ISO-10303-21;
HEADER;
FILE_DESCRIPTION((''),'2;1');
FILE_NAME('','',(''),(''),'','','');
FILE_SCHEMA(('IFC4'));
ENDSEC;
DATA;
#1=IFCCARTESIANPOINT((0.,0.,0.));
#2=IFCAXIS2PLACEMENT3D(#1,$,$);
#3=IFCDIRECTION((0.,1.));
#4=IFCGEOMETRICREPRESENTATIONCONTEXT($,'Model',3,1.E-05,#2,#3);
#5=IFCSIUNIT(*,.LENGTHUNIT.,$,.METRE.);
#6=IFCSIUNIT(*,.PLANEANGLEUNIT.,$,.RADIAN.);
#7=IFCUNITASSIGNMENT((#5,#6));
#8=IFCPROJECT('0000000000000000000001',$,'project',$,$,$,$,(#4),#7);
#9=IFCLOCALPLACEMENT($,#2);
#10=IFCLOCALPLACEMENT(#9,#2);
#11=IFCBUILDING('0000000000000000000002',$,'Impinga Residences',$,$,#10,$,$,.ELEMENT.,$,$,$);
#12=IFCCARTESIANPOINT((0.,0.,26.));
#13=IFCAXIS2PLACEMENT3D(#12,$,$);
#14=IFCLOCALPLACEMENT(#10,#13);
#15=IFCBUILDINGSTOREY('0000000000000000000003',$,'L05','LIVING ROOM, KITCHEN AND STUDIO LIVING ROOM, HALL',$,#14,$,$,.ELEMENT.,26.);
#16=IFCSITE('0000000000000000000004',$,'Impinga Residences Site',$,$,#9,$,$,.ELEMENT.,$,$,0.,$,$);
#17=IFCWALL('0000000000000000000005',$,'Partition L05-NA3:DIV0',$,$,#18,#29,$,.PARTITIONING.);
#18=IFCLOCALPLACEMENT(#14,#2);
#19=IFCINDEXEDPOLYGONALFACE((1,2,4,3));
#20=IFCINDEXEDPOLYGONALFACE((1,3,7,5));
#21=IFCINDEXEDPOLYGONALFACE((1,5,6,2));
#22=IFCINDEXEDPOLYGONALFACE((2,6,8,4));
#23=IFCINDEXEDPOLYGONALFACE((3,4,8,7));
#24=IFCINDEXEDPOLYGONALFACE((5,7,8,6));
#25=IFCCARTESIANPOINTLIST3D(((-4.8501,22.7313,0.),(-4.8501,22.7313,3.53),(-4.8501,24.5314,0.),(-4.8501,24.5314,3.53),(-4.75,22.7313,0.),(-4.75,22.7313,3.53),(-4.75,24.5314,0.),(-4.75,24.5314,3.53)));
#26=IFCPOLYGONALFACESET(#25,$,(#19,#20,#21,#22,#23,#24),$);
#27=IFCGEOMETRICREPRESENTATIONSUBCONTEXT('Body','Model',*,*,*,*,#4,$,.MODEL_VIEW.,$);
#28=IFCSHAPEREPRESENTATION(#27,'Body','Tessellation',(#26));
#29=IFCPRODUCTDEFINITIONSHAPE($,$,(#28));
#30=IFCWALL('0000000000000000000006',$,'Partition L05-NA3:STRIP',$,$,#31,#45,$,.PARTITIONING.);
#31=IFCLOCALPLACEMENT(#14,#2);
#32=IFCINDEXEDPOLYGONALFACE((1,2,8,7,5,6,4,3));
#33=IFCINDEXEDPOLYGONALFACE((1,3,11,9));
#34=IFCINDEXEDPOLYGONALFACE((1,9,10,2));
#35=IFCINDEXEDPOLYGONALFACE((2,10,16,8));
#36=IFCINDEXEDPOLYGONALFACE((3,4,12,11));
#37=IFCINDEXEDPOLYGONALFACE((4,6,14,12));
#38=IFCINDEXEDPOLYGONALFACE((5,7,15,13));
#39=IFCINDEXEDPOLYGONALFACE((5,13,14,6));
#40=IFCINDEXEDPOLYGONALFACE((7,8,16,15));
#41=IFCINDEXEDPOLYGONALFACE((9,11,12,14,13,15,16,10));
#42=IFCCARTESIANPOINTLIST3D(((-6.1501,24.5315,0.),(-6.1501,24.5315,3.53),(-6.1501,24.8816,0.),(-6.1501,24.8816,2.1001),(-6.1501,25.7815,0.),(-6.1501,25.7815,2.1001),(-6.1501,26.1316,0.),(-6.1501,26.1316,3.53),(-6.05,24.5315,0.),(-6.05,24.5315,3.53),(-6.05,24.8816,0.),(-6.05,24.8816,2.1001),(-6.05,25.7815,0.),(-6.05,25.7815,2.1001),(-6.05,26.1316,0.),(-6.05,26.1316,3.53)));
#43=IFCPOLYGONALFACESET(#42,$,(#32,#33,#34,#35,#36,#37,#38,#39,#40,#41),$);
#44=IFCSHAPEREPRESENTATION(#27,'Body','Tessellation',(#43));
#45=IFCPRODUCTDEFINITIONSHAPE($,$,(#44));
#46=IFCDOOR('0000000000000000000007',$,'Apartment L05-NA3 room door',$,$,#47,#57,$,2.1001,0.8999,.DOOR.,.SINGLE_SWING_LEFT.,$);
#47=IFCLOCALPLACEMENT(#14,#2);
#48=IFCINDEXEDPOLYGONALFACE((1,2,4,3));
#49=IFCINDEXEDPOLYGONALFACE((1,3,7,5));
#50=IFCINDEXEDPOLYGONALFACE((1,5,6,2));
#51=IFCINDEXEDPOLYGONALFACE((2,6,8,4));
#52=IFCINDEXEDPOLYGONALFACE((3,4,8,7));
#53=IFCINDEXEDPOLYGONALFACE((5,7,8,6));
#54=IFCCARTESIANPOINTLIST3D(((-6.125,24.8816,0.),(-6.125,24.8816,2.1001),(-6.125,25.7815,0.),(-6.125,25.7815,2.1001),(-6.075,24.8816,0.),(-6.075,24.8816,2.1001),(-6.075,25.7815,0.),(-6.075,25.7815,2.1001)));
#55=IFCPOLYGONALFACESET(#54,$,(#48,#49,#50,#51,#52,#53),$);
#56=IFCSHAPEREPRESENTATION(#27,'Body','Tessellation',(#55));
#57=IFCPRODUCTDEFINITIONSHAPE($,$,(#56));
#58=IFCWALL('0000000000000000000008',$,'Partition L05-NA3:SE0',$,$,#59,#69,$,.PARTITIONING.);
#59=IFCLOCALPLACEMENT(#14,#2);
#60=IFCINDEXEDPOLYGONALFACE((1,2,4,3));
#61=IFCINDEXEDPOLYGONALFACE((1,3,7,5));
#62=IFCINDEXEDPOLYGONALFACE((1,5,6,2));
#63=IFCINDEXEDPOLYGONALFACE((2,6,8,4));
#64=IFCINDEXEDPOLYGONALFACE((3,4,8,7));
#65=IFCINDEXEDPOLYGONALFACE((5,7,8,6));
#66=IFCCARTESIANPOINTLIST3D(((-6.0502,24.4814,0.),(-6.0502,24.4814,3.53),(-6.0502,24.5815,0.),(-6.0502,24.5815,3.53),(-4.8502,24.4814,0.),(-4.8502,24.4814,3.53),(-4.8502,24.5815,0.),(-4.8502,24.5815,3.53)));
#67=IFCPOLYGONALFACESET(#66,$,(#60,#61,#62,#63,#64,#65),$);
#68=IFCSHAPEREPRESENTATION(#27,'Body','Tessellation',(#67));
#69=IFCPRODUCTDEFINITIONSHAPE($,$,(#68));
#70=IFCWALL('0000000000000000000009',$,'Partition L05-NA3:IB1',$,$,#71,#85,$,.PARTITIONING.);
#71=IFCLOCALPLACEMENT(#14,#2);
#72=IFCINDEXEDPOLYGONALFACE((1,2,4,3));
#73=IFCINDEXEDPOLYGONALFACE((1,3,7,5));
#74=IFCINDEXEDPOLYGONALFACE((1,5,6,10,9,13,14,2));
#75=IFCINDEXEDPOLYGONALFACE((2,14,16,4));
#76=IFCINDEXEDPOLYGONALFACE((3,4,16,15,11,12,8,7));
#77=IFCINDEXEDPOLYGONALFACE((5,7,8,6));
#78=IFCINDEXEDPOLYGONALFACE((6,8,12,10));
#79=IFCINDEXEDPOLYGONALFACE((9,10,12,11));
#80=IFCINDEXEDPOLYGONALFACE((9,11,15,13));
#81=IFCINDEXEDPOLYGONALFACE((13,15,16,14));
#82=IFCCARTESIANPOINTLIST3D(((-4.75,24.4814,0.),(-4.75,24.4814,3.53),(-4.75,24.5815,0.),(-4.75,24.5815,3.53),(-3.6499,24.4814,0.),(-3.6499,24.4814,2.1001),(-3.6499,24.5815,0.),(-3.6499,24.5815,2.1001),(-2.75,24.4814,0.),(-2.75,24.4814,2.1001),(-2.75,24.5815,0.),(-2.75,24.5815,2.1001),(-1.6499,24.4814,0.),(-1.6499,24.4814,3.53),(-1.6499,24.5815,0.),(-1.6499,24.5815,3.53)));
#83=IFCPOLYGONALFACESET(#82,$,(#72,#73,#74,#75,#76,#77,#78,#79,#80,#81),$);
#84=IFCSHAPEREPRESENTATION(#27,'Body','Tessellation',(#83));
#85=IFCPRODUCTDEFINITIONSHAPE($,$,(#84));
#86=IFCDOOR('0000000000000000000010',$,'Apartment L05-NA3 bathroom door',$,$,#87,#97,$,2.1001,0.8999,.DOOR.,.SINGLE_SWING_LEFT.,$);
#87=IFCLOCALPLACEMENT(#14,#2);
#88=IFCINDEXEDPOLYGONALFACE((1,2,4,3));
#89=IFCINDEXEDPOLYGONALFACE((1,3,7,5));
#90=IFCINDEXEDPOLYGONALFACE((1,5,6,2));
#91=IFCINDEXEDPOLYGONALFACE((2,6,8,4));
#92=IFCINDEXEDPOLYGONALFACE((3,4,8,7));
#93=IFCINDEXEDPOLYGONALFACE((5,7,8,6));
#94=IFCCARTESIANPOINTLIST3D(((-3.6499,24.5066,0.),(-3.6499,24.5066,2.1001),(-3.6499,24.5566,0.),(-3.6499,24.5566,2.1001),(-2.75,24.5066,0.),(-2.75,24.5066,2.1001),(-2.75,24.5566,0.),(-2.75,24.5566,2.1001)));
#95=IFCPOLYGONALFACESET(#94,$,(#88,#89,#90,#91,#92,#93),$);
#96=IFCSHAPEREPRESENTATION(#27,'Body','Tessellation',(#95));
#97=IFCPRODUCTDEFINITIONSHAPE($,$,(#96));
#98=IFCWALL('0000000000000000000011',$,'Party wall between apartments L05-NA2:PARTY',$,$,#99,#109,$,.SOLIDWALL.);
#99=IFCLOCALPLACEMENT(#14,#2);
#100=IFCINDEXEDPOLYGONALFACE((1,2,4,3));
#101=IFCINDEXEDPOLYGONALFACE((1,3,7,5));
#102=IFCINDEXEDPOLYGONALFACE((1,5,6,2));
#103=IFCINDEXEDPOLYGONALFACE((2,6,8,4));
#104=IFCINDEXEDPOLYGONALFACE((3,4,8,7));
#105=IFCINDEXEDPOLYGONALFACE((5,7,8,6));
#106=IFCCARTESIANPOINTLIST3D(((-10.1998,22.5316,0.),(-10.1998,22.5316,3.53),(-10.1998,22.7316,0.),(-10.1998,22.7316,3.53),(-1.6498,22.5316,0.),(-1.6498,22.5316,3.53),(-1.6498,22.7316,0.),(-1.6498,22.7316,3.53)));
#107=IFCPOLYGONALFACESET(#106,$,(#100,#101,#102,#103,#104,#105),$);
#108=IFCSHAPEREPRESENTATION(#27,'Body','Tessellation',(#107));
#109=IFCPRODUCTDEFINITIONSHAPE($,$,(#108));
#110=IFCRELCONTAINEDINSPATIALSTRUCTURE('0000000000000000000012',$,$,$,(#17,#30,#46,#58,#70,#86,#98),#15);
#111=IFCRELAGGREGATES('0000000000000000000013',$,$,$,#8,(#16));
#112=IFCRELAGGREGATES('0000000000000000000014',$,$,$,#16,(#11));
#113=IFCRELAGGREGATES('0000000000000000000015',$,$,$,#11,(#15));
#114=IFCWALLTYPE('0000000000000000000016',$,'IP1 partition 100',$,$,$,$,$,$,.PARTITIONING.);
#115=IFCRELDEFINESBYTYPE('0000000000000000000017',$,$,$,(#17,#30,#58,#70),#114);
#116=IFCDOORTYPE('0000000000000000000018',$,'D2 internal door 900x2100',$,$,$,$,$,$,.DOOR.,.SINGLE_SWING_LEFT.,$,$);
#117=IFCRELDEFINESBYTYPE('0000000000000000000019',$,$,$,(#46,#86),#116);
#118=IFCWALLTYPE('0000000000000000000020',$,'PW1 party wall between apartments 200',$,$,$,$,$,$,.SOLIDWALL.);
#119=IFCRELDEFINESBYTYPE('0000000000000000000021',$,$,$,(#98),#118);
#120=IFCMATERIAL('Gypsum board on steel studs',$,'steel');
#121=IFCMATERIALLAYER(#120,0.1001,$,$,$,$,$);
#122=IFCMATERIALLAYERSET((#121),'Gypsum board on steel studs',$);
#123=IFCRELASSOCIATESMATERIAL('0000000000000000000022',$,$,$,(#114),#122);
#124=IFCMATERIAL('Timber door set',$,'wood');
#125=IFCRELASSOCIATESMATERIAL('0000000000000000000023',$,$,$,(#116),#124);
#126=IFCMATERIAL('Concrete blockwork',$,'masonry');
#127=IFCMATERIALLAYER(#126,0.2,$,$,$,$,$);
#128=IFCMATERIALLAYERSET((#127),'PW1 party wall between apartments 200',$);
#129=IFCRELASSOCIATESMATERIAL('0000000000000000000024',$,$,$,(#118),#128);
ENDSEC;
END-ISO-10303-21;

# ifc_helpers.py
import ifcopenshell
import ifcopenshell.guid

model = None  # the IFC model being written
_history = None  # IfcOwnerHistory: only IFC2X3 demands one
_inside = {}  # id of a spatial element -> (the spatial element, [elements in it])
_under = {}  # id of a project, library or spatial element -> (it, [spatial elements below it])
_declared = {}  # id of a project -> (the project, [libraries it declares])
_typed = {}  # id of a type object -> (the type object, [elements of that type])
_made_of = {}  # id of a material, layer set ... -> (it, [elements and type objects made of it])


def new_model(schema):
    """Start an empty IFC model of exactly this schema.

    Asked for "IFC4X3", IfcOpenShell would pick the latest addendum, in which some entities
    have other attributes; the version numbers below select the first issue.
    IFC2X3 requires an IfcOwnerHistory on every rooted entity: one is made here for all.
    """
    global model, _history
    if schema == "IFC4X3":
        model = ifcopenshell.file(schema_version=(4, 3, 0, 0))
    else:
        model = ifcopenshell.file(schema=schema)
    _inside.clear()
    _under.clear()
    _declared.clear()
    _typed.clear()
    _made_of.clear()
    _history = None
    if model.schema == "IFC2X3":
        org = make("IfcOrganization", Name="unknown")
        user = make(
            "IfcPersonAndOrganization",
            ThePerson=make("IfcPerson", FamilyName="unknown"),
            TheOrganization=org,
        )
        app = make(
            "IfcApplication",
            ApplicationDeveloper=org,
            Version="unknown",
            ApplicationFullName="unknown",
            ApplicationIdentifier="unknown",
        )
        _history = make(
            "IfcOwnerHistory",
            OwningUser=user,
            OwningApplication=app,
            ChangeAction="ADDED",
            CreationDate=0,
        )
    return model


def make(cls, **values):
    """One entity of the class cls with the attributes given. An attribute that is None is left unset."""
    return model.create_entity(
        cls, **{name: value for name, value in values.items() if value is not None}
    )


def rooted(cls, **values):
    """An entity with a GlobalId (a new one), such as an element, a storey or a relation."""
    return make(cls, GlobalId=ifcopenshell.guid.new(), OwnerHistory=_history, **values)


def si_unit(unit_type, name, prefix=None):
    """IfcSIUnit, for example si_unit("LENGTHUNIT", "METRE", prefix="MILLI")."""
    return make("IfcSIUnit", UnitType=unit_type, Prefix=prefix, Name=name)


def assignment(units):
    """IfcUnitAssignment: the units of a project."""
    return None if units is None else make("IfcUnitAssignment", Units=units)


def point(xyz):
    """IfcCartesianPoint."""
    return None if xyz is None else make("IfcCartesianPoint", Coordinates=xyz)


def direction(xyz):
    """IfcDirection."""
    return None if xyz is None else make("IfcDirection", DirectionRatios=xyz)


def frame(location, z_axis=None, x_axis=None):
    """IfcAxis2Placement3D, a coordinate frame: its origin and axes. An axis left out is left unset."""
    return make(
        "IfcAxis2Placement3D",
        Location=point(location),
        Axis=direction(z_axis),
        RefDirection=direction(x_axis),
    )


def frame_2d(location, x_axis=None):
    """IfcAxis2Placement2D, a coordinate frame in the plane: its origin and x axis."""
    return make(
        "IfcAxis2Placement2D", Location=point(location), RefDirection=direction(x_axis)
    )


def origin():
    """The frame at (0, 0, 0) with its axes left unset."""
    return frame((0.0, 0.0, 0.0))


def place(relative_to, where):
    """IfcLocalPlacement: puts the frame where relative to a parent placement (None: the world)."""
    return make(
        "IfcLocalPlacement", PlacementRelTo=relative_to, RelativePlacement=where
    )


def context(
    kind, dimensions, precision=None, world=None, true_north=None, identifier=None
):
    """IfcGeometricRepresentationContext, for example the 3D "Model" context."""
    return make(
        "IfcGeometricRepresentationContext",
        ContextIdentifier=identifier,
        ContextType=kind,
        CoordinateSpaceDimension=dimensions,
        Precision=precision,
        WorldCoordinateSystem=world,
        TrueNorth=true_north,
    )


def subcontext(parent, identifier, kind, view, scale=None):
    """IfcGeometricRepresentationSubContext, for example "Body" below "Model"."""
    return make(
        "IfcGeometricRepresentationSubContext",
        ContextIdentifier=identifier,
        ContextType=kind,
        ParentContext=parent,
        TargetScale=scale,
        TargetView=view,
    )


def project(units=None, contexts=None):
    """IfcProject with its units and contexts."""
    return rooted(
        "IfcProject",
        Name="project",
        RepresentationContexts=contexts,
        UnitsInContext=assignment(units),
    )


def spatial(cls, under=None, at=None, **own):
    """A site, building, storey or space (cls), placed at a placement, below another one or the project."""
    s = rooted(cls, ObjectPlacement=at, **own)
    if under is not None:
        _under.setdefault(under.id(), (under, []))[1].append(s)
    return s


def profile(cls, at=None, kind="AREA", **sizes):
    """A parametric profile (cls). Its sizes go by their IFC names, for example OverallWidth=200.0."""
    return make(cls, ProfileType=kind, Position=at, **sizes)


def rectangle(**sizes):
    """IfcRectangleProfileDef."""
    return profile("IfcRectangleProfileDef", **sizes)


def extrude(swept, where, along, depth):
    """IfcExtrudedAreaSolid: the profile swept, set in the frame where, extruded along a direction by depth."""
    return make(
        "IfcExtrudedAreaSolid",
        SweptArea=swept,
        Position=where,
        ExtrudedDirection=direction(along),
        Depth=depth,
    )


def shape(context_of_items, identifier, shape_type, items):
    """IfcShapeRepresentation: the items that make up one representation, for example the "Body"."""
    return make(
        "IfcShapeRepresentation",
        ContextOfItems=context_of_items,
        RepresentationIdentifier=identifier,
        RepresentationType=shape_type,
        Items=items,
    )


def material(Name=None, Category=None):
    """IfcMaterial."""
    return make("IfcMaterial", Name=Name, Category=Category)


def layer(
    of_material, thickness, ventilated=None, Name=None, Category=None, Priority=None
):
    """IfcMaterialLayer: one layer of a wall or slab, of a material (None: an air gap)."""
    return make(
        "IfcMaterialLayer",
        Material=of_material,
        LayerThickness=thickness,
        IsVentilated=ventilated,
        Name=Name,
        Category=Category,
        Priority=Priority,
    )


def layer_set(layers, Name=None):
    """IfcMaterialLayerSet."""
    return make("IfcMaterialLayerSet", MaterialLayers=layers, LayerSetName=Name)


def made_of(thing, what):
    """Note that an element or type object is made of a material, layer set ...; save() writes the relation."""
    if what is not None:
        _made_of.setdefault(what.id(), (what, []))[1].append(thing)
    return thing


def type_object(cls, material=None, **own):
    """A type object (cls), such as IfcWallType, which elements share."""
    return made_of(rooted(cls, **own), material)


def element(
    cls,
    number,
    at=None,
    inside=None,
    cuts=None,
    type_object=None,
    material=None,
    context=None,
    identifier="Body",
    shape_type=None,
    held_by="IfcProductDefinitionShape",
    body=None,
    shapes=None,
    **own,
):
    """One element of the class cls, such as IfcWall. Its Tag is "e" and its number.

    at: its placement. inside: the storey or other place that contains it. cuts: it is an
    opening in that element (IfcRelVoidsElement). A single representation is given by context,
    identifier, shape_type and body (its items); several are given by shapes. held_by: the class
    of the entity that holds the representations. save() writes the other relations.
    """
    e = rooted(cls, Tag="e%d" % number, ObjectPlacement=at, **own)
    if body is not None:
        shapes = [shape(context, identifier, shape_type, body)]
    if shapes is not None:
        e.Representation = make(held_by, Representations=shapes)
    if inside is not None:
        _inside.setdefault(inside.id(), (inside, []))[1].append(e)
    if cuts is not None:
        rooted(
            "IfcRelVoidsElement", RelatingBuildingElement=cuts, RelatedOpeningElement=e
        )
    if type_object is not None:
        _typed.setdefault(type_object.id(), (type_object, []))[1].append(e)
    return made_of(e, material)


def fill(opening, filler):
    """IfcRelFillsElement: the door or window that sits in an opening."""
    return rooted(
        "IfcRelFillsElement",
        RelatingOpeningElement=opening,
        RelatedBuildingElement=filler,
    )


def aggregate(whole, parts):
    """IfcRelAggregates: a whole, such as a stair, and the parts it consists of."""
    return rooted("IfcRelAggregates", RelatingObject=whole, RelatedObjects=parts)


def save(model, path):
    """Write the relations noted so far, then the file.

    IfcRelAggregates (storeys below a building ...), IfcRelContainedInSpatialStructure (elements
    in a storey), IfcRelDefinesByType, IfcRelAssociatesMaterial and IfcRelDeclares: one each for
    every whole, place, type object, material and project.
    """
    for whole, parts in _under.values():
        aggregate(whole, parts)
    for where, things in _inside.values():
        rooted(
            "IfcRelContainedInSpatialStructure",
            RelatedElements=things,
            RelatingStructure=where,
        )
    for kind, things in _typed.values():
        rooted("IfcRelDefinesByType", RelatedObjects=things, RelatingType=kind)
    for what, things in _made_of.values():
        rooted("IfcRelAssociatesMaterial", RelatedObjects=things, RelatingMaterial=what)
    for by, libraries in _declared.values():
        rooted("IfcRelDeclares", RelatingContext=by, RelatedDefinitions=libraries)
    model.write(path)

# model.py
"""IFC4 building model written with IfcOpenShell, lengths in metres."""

from ifc_helpers import new_model, si_unit, direction, frame, frame_2d, origin, place, context, subcontext, project, spatial, rectangle, extrude, material, layer, layer_set, type_object, element, fill, save


model = new_model("IFC4")

# Units and contexts
model_context = context("Model", 3, precision=1e-05, world=origin(), true_north=direction((0.0, 1.0)))
body_context = subcontext(model_context, "Body", "Model", "MODEL_VIEW")
ifc_project = project(units=[si_unit("LENGTHUNIT", "METRE"), si_unit("PLANEANGLEUNIT", "RADIAN")], contexts=[model_context])

# Site, building, storey
site_placement = place(None, origin())
site = spatial("IfcSite", under=ifc_project, at=site_placement, Name="Impinga Residences Site", CompositionType="ELEMENT", RefElevation=0.0)
building_placement = place(site_placement, origin())
building = spatial("IfcBuilding", under=site, at=building_placement, Name="Impinga Residences", CompositionType="ELEMENT")
storey_placement = place(building_placement, frame((0.0, 0.0, 26.0)))
storey = spatial("IfcBuildingStorey", under=building, at=storey_placement, Name="L05", Description="LIVING ROOM, KITCHEN AND STUDIO LIVING ROOM, HALL", CompositionType="ELEMENT", Elevation=26.0)

# Shared definitions
ifc_material_1 = material(Name="Gypsum board on steel studs", Category="steel")
ifc_layer_1 = layer(ifc_material_1, 0.1001)
ifc_layer_set_1 = layer_set([ifc_layer_1], Name="Gypsum board on steel studs")
wall_type_1 = type_object("IfcWallType", Name="IP1 partition 100", PredefinedType="PARTITIONING", material=ifc_layer_set_1)

# Shared definitions
ifc_material_2 = material(Name="Timber door set", Category="wood")
door_type = type_object("IfcDoorType", Name="D2 internal door 900x2100", OperationType="SINGLE_SWING_LEFT", PredefinedType="DOOR", material=ifc_material_2)

# Wall
wall_1_placement = place(storey_placement, frame((-4.8, 22.7314, 0.0), z_axis=(0.0, 0.0, 1.0), x_axis=(0.0, 1.0, 0.0)))
element("IfcWall", 1, at=wall_1_placement, inside=storey, type_object=wall_type_1, Name="Partition L05-NA3:DIV0", PredefinedType="PARTITIONING", context=body_context, shape_type="SweptSolid", body=[
    extrude(rectangle(XDim=1.8, YDim=0.1001, at=frame_2d((0.8999, 0.0))), origin(), (0.0, 0.0, 1.0), 3.53),
])

# Wall, opening, door
wall_2_placement = place(storey_placement, frame((-6.1001, 24.5315, 0.0), z_axis=(0.0, 0.0, 1.0), x_axis=(0.0, 1.0, 0.0)))
wall_2 = element("IfcWall", 2, at=wall_2_placement, inside=storey, type_object=wall_type_1, Name="Partition L05-NA3:STRIP", PredefinedType="PARTITIONING", context=body_context, shape_type="SweptSolid", body=[
    extrude(rectangle(XDim=1.6001, YDim=0.1001, at=frame_2d((0.8, 0.0))), origin(), (0.0, 0.0, 1.0), 3.53),
])
opening_1_placement = place(wall_2_placement, frame((0.3501, 0.0, 0.0)))
opening_1 = element("IfcOpeningElement", 3, at=opening_1_placement, cuts=wall_2, PredefinedType="OPENING", context=body_context, shape_type="SweptSolid", body=[
    extrude(rectangle(XDim=0.8999, YDim=2.1001, at=frame_2d((0.45, 1.05))), frame((0.0, 0.0601, 0.0), z_axis=(0.0, -1.0, 0.0), x_axis=(1.0, 0.0, 0.0)), (0.0, 0.0, 1.0), 0.1201),
])
door_1_placement = place(opening_1_placement, origin())
door_1 = element("IfcDoor", 4, at=door_1_placement, inside=storey, type_object=door_type, Name="Apartment L05-NA3 room door", OperationType="SINGLE_SWING_LEFT", OverallHeight=2.1001, OverallWidth=0.8999, PredefinedType="DOOR", context=body_context, shape_type="SweptSolid", body=[
    extrude(rectangle(XDim=0.8999, YDim=2.1001, at=frame_2d((0.45, 1.05))), frame((0.0, 0.0249, 0.0), z_axis=(0.0, -1.0, 0.0), x_axis=(1.0, 0.0, 0.0)), (0.0, 0.0, 1.0), 0.05),
])
fill(opening_1, door_1)

# Wall
wall_3_placement = place(storey_placement, frame((-4.8501, 24.5315, 0.0), z_axis=(0.0, 0.0, 1.0), x_axis=(-1.0, 0.0, 0.0)))
element("IfcWall", 5, at=wall_3_placement, inside=storey, type_object=wall_type_1, Name="Partition L05-NA3:SE0", PredefinedType="PARTITIONING", context=body_context, shape_type="SweptSolid", body=[
    extrude(rectangle(XDim=1.2, YDim=0.1001, at=frame_2d((0.6001, 0.0))), origin(), (0.0, 0.0, 1.0), 3.53),
])

# Wall, opening, door
wall_4_placement = place(storey_placement, frame((-1.6499, 24.5315, 0.0), z_axis=(0.0, 0.0, 1.0), x_axis=(-1.0, 0.0, 0.0)))
wall_4 = element("IfcWall", 6, at=wall_4_placement, inside=storey, type_object=wall_type_1, Name="Partition L05-NA3:IB1", PredefinedType="PARTITIONING", context=body_context, shape_type="SweptSolid", body=[
    extrude(rectangle(XDim=3.1001, YDim=0.1001, at=frame_2d((1.55, 0.0))), origin(), (0.0, 0.0, 1.0), 3.53),
])
opening_2_placement = place(wall_4_placement, frame((1.1001, 0.0, 0.0)))
opening_2 = element("IfcOpeningElement", 7, at=opening_2_placement, cuts=wall_4, PredefinedType="OPENING", context=body_context, shape_type="SweptSolid", body=[
    extrude(rectangle(XDim=0.8999, YDim=2.1001, at=frame_2d((0.45, 1.05))), frame((0.0, 0.0601, 0.0), z_axis=(0.0, -1.0, 0.0), x_axis=(1.0, 0.0, 0.0)), (0.0, 0.0, 1.0), 0.1201),
])
door_2_placement = place(opening_2_placement, origin())
door_2 = element("IfcDoor", 8, at=door_2_placement, inside=storey, type_object=door_type, Name="Apartment L05-NA3 bathroom door", OperationType="SINGLE_SWING_LEFT", OverallHeight=2.1001, OverallWidth=0.8999, PredefinedType="DOOR", context=body_context, shape_type="SweptSolid", body=[
    extrude(rectangle(XDim=0.8999, YDim=2.1001, at=frame_2d((0.45, 1.05))), frame((0.0, 0.0249, 0.0), z_axis=(0.0, -1.0, 0.0), x_axis=(1.0, 0.0, 0.0)), (0.0, 0.0, 1.0), 0.05),
])
fill(opening_2, door_2)

# Wall
ifc_material_3 = material(Name="Concrete blockwork", Category="masonry")
ifc_layer_2 = layer(ifc_material_3, 0.2)
ifc_layer_set_2 = layer_set([ifc_layer_2], Name="PW1 party wall between apartments 200")
wall_type_2 = type_object("IfcWallType", Name="PW1 party wall between apartments 200", PredefinedType="SOLIDWALL", material=ifc_layer_set_2)
wall_5_placement = place(storey_placement, frame((-1.6499, 22.6316, 0.0), z_axis=(0.0, 0.0, 1.0), x_axis=(-1.0, 0.0, 0.0)))
element("IfcWall", 9, at=wall_5_placement, inside=storey, type_object=wall_type_2, Name="Party wall between apartments L05-NA2:PARTY", PredefinedType="SOLIDWALL", context=body_context, shape_type="SweptSolid", body=[
    extrude(rectangle(XDim=8.55, YDim=0.2, at=frame_2d((4.2749, 0.0))), origin(), (0.0, 0.0, 1.0), 3.53),
])

save(model, "model.ifc")
